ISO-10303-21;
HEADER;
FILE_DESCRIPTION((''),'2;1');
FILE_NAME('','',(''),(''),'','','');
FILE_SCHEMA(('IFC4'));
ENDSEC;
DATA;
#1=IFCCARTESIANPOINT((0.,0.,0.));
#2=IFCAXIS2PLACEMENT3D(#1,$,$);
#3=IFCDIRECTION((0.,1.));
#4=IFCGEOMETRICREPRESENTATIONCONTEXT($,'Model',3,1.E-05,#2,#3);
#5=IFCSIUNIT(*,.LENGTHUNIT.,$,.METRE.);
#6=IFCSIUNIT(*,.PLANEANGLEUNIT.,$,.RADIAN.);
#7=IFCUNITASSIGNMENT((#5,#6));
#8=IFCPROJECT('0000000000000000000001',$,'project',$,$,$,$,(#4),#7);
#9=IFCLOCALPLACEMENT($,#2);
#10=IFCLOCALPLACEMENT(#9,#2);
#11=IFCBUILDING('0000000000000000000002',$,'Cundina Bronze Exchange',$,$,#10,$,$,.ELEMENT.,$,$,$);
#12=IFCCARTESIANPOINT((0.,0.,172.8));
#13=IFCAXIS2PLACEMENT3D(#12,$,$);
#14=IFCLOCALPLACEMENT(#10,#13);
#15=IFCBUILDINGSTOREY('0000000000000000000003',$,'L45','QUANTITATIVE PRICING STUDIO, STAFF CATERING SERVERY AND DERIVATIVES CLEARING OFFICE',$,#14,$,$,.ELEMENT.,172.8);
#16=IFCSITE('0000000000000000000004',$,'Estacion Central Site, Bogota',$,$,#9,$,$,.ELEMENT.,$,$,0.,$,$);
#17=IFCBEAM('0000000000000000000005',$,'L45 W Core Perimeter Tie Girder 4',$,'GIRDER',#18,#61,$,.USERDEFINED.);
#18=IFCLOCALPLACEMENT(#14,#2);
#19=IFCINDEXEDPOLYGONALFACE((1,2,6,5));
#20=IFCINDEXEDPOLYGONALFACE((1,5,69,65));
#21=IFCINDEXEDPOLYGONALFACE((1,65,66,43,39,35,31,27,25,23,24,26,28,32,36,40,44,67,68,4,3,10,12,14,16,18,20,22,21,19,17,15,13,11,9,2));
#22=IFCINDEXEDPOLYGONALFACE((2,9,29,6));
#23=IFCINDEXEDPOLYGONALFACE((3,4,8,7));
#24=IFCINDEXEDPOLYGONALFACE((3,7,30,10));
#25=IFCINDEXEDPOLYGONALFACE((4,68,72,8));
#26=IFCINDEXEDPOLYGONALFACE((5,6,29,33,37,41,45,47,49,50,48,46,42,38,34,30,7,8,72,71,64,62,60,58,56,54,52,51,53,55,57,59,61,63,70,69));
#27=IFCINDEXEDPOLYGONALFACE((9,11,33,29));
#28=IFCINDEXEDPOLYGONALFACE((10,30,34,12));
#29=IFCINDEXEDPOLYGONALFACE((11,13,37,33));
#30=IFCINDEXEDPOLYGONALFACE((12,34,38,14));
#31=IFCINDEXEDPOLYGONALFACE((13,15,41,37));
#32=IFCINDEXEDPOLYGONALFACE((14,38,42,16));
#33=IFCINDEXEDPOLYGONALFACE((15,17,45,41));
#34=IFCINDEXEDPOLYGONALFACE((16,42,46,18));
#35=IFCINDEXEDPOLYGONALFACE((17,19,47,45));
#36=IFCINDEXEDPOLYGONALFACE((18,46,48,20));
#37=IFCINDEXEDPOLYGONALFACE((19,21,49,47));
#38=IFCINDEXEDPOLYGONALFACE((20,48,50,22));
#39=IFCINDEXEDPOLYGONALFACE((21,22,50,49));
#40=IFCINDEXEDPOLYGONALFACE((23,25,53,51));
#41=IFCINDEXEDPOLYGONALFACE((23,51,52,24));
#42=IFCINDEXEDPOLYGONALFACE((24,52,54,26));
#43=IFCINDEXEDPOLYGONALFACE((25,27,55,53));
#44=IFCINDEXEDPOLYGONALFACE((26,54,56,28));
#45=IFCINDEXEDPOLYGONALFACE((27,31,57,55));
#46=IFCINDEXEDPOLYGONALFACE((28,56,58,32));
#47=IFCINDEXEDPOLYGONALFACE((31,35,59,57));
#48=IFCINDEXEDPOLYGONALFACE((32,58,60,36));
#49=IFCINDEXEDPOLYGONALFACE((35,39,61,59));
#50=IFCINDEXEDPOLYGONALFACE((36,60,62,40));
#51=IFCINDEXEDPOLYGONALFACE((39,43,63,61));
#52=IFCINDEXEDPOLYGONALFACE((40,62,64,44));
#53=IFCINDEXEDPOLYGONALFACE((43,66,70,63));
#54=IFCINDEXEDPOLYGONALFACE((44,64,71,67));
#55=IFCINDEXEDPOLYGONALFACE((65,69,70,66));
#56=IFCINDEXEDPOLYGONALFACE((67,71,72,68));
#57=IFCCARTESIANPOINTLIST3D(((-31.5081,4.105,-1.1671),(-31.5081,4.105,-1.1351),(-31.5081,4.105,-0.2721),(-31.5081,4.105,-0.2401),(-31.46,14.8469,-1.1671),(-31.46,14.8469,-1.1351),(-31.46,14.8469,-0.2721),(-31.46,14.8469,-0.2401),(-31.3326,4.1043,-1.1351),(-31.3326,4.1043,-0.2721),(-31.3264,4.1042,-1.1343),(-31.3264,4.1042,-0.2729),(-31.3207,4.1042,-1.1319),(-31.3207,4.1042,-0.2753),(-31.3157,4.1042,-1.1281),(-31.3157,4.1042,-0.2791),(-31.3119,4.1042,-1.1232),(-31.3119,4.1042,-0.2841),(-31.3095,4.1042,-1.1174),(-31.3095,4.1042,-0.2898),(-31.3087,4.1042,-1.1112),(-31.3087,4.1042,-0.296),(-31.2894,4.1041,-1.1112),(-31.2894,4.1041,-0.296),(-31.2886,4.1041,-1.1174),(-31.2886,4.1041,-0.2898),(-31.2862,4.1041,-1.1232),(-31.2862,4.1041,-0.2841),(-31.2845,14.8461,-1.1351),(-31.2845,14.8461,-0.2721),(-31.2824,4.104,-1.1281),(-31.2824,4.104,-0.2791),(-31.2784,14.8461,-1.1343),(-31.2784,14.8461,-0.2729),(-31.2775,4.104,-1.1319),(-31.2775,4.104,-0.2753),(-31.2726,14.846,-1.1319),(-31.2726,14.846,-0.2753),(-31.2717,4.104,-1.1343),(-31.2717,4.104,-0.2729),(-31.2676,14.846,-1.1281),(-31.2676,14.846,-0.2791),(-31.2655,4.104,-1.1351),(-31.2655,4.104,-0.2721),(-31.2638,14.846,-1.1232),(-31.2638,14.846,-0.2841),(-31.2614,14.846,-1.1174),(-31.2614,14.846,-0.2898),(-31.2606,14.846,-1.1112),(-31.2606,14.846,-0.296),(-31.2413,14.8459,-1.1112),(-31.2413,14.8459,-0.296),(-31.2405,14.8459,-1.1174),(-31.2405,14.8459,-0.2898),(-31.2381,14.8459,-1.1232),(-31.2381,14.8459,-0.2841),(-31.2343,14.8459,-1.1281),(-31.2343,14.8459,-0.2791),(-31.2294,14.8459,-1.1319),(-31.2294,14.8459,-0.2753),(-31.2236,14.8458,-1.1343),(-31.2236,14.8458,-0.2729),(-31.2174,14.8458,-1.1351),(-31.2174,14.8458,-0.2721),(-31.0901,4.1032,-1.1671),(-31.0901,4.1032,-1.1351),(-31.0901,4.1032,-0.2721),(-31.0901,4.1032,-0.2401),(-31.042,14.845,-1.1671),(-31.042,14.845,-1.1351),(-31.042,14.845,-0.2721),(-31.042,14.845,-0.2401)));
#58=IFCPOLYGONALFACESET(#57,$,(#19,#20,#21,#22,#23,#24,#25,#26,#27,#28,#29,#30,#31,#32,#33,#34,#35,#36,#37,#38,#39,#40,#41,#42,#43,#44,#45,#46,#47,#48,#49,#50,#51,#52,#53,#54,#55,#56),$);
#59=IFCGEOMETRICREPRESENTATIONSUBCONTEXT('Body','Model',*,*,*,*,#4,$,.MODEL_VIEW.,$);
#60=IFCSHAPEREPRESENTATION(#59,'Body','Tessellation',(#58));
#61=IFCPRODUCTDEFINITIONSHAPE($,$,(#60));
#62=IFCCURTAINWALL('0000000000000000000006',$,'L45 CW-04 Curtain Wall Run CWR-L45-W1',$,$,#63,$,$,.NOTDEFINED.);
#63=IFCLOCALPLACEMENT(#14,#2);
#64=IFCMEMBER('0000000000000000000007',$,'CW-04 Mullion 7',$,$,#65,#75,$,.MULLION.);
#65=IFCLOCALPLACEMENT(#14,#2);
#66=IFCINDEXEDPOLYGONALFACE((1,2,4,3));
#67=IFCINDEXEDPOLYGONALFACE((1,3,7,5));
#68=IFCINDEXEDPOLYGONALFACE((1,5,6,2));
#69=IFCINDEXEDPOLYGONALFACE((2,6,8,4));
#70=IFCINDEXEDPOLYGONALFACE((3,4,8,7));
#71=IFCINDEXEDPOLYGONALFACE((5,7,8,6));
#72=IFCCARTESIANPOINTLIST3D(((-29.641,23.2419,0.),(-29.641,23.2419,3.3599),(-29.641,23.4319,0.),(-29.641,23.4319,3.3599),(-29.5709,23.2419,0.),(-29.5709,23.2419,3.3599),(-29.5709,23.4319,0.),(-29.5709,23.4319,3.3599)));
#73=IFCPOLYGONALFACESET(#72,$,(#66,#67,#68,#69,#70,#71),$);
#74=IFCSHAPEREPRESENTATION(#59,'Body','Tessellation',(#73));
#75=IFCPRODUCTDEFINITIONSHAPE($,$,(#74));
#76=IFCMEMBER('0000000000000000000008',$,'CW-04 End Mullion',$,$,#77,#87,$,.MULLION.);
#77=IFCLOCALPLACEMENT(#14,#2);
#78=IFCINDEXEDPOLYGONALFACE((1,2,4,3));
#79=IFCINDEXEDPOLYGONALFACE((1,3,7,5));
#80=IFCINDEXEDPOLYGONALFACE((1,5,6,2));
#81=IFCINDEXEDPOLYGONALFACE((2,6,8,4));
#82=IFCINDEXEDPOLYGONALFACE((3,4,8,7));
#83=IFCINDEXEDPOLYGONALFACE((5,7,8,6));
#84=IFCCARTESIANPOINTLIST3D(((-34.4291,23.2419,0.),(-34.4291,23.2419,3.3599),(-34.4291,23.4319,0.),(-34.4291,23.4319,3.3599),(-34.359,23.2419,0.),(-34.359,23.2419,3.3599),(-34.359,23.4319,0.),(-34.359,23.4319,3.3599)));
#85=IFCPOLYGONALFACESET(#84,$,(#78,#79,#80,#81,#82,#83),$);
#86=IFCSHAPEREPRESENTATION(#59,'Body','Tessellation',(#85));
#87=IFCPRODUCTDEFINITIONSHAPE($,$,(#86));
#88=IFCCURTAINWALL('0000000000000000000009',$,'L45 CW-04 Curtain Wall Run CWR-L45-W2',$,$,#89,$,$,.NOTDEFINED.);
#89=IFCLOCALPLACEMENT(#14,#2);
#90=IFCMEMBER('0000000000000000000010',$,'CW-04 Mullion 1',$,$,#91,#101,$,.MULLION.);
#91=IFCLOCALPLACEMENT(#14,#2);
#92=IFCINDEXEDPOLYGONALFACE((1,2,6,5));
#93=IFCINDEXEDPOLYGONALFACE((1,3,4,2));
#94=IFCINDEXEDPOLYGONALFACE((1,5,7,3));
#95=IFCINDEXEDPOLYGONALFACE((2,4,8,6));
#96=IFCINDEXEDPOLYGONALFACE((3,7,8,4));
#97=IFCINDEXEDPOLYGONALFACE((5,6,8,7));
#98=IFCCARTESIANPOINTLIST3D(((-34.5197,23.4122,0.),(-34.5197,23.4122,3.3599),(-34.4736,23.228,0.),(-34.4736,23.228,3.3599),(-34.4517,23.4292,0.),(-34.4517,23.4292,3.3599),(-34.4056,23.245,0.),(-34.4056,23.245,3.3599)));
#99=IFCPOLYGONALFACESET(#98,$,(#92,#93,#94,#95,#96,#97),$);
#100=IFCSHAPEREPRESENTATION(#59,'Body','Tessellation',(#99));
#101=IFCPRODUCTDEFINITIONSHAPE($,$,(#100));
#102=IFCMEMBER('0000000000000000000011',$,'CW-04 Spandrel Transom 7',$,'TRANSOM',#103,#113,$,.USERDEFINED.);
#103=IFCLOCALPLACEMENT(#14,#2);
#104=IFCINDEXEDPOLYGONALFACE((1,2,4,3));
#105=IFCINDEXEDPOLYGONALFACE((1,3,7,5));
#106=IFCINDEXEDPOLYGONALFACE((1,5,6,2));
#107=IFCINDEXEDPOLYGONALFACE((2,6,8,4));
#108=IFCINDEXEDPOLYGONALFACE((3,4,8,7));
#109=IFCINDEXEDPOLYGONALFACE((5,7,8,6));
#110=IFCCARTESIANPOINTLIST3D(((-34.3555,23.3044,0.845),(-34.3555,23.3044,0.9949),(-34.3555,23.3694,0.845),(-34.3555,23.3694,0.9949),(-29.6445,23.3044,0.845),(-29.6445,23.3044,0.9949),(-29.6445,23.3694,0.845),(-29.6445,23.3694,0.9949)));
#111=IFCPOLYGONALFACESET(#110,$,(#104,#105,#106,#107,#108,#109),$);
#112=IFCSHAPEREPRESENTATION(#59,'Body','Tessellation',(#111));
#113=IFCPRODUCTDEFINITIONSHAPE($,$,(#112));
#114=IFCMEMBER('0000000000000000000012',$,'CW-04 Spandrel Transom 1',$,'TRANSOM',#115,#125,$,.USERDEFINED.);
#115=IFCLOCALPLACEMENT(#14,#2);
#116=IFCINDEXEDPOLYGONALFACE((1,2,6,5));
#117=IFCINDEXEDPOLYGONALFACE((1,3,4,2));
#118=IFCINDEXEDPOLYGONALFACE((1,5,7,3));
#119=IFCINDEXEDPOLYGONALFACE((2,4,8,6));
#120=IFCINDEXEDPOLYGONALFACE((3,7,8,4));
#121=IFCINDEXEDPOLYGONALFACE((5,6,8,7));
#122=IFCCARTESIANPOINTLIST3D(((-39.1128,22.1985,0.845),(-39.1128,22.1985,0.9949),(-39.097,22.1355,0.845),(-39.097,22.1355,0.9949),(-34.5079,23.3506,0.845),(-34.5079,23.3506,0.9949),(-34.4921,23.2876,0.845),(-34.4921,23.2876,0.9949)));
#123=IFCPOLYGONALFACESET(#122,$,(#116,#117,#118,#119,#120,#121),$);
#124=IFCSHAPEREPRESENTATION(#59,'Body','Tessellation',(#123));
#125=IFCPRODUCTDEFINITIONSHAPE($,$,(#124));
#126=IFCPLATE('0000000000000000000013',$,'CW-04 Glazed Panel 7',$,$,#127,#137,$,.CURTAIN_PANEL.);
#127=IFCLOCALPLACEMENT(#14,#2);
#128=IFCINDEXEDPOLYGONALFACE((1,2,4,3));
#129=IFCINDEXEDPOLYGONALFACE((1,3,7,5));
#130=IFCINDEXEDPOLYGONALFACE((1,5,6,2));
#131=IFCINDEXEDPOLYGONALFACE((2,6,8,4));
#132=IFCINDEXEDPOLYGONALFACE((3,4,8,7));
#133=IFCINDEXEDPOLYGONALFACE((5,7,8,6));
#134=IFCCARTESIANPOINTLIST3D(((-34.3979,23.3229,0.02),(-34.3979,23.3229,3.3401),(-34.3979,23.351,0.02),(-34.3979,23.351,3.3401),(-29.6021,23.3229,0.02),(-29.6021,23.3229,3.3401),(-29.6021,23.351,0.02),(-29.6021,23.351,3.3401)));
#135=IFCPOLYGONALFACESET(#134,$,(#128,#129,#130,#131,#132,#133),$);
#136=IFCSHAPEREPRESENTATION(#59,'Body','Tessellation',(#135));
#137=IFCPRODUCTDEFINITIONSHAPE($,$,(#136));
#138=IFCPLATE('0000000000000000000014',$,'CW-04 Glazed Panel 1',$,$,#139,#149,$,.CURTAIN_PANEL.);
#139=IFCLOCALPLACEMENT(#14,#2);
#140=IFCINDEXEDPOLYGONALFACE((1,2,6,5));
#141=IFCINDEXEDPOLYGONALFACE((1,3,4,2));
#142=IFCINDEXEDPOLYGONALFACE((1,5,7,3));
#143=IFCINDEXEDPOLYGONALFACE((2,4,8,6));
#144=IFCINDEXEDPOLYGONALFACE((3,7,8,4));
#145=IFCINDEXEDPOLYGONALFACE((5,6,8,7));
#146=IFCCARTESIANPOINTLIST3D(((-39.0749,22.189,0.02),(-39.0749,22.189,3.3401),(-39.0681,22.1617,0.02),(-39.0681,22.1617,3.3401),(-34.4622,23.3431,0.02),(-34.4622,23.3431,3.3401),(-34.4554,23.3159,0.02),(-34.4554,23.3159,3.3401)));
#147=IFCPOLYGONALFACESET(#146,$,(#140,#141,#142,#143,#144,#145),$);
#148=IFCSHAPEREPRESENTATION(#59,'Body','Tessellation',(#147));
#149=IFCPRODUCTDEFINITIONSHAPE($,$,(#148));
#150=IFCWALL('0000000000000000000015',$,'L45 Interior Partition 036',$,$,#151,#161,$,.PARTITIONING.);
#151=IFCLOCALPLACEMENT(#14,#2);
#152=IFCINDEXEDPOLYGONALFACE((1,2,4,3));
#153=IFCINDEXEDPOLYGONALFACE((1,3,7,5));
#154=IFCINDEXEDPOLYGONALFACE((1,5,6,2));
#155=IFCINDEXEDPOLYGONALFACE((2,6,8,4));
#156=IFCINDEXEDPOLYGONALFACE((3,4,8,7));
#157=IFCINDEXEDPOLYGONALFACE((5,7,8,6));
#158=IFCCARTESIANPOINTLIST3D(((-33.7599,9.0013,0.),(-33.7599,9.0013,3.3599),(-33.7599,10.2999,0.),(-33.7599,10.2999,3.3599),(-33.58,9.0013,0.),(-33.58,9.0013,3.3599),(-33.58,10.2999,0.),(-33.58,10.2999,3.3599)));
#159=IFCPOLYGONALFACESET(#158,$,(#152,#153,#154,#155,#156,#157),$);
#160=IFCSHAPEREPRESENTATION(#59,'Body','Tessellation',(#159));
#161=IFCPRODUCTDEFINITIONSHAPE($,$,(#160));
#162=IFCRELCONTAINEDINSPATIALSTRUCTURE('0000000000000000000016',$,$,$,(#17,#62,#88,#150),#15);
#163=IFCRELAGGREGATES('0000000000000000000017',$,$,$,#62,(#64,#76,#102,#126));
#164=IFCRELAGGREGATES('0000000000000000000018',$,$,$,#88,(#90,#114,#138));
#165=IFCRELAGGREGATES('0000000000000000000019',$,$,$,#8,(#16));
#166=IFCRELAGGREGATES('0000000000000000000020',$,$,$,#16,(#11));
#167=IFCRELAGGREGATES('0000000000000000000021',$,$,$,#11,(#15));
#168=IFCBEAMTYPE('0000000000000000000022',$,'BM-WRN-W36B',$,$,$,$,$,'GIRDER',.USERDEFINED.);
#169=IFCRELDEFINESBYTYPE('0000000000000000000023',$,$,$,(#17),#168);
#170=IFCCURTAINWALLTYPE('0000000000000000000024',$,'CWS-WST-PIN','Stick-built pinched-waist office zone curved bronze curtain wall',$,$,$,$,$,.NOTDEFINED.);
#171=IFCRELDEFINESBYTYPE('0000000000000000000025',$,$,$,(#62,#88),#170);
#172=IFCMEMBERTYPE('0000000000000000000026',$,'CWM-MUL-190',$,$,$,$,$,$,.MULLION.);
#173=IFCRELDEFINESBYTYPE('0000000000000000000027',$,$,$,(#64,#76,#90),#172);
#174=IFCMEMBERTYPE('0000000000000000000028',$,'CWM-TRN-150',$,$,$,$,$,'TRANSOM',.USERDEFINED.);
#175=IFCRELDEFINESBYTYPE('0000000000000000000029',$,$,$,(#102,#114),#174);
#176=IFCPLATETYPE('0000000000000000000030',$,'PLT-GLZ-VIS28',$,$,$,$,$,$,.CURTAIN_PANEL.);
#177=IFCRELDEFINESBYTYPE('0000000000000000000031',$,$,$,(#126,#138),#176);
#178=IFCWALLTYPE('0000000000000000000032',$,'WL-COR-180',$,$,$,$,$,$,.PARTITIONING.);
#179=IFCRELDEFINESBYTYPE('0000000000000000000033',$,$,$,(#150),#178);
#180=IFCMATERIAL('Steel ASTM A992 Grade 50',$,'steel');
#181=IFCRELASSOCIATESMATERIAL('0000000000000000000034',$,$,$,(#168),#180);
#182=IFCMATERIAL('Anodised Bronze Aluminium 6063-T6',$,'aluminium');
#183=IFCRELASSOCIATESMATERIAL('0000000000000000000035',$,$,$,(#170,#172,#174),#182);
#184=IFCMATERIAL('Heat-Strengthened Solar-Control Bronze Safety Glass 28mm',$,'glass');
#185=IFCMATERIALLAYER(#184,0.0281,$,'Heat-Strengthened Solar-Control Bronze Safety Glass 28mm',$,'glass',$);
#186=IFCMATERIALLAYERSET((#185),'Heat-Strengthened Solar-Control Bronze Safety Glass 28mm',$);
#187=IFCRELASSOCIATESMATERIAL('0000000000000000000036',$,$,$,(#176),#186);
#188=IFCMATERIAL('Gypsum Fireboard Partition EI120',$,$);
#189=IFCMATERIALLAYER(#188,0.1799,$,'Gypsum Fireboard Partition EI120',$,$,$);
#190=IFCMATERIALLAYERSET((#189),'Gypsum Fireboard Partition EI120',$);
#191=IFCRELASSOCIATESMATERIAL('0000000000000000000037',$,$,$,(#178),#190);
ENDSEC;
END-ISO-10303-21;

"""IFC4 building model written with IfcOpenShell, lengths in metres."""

from ifc_helpers import new_model, si_unit, direction, frame, frame_2d, origin, origin_2d, place, context, subcontext, project, spatial, rectangle, i_section, extrude, material, layer, layer_set, material_profile, profile_set, type_object, element, aggregate, save


model = new_model("IFC4")

# Units and contexts
model_context = context("Model", 3, precision=1e-05, world=origin(), true_north=direction((0.0, 1.0)))
body_context = subcontext(model_context, "Body", "Model", "MODEL_VIEW")
ifc_project = project(units=[si_unit("LENGTHUNIT", "METRE"), si_unit("PLANEANGLEUNIT", "RADIAN")], contexts=[model_context])

# Site, building, storey
site_placement = place(None, origin())
site = spatial("IfcSite", under=ifc_project, at=site_placement, Name="Estacion Central Site, Bogota", CompositionType="ELEMENT", RefElevation=0.0)
building_placement = place(site_placement, origin())
building = spatial("IfcBuilding", under=site, at=building_placement, Name="Cundina Bronze Exchange", CompositionType="ELEMENT")
storey_placement = place(building_placement, frame((0.0, 0.0, 172.8)))
storey = spatial("IfcBuildingStorey", under=building, at=storey_placement, Name="L45", Description="QUANTITATIVE PRICING STUDIO, STAFF CATERING SERVERY AND DERIVATIVES CLEARING OFFICE", CompositionType="ELEMENT", Elevation=172.8)

# Shared definitions
ifc_material_1 = material(Name="Steel ASTM A992 Grade 50", Category="steel")

# Beam
ifc_material_profile_1 = material_profile(ifc_material_1, i_section(OverallWidth=0.418, OverallDepth=0.927, WebThickness=0.0193, FlangeThickness=0.032, FilletRadius=0.0239, at=origin_2d()), Name="W36X231", Category="steel")
ifc_profile_set_1 = profile_set([ifc_material_profile_1], Name="Steel ASTM A992 Grade 50")
beam_type_1 = type_object("IfcBeamType", Name="BM-WRN-W36B", ElementType="GIRDER", PredefinedType="USERDEFINED", material=ifc_profile_set_1)
beam_1_placement = place(storey_placement, frame((-31.251, 14.8459, -0.7036), z_axis=(-0.004477, -0.99999, 0.0), x_axis=(0.99999, -0.004477, 0.0)))
element("IfcBeam", 1, at=beam_1_placement, inside=storey, type_object=beam_type_1, Name="L45 W Core Perimeter Tie Girder 4", ObjectType="GIRDER", PredefinedType="USERDEFINED", context=body_context, shape_type="SweptSolid", body=[
    extrude(i_section(OverallWidth=0.418, OverallDepth=0.927, WebThickness=0.0193, FlangeThickness=0.032, FilletRadius=0.0239, at=origin_2d()), origin(), (0.0, 0.0, 1.0), 10.7419),
])

# Curtain wall, members
ifc_material_2 = material(Name="Anodised Bronze Aluminium 6063-T6", Category="aluminium")
curtain_wall_type = type_object("IfcCurtainWallType", Name="CWS-WST-PIN", Description="Stick-built pinched-waist office zone curved bronze curtain wall", PredefinedType="NOTDEFINED", material=ifc_material_2)
curtain_wall_1_placement = place(storey_placement, origin())
curtain_wall_1 = element("IfcCurtainWall", 2, at=curtain_wall_1_placement, inside=storey, type_object=curtain_wall_type, Name="L45 CW-04 Curtain Wall Run CWR-L45-W1", PredefinedType="NOTDEFINED")
ifc_material_profile_2 = material_profile(ifc_material_2, rectangle(XDim=0.0701, YDim=0.1899, at=origin_2d()), Name="AL70X190", Category="aluminium")
ifc_profile_set_2 = profile_set([ifc_material_profile_2], Name="Anodised Bronze Aluminium 6063-T6")
member_type_1 = type_object("IfcMemberType", Name="CWM-MUL-190", PredefinedType="MULLION", material=ifc_profile_set_2)
member_1_placement = place(storey_placement, frame((-29.606, 23.3369, 0.0), z_axis=(0.0, 0.0, 1.0), x_axis=(-1.0, 0.0, 0.0)))
member_1 = element("IfcMember", 3, at=member_1_placement, type_object=member_type_1, Name="CW-04 Mullion 7", PredefinedType="MULLION", context=body_context, shape_type="SweptSolid", body=[
    extrude(rectangle(XDim=0.0701, YDim=0.1899, at=origin_2d()), origin(), (0.0, 0.0, 1.0), 3.3599),
])
member_2_placement = place(storey_placement, frame((-34.394, 23.3369, 0.0), z_axis=(0.0, 0.0, 1.0), x_axis=(-1.0, 0.0, 0.0)))
member_2 = element("IfcMember", 4, at=member_2_placement, type_object=member_type_1, Name="CW-04 End Mullion", PredefinedType="MULLION", context=body_context, shape_type="SweptSolid", body=[
    extrude(rectangle(XDim=0.0701, YDim=0.1899, at=origin_2d()), origin(), (0.0, 0.0, 1.0), 3.3599),
])

# Curtain wall, member
curtain_wall_2_placement = place(storey_placement, origin())
curtain_wall_2 = element("IfcCurtainWall", 5, at=curtain_wall_2_placement, inside=storey, type_object=curtain_wall_type, Name="L45 CW-04 Curtain Wall Run CWR-L45-W2", PredefinedType="NOTDEFINED")
member_3_placement = place(storey_placement, frame((-34.4626, 23.3286, 0.0), z_axis=(0.0, 0.0, 1.0), x_axis=(-0.970084, -0.242769, 0.0)))
member_3 = element("IfcMember", 6, at=member_3_placement, type_object=member_type_1, Name="CW-04 Mullion 1", PredefinedType="MULLION", context=body_context, shape_type="SweptSolid", body=[
    extrude(rectangle(XDim=0.0701, YDim=0.1899, at=origin_2d()), origin(), (0.0, 0.0, 1.0), 3.3599),
])

# Members
ifc_material_profile_3 = material_profile(ifc_material_2, rectangle(XDim=0.0649, YDim=0.1499, at=origin_2d()), Name="AL65X150", Category="aluminium")
ifc_profile_set_3 = profile_set([ifc_material_profile_3], Name="Anodised Bronze Aluminium 6063-T6")
member_type_2 = type_object("IfcMemberType", Name="CWM-TRN-150", ElementType="TRANSOM", PredefinedType="USERDEFINED", material=ifc_profile_set_3)
member_4_placement = place(storey_placement, frame((-29.6445, 23.3369, 0.9199), z_axis=(-1.0, 0.0, 0.0), x_axis=(0.0, -1.0, 0.0)))
member_4 = element("IfcMember", 7, at=member_4_placement, type_object=member_type_2, Name="CW-04 Spandrel Transom 7", ObjectType="TRANSOM", PredefinedType="USERDEFINED", context=body_context, shape_type="SweptSolid", body=[
    extrude(rectangle(XDim=0.0649, YDim=0.1499, at=origin_2d()), origin(), (0.0, 0.0, 1.0), 4.7109),
])
member_5_placement = place(storey_placement, frame((-34.5, 23.3191, 0.9199), z_axis=(-0.9701, -0.242705, 0.0), x_axis=(0.242705, -0.9701, 0.0)))
member_5 = element("IfcMember", 8, at=member_5_placement, type_object=member_type_2, Name="CW-04 Spandrel Transom 1", ObjectType="TRANSOM", PredefinedType="USERDEFINED", context=body_context, shape_type="SweptSolid", body=[
    extrude(rectangle(XDim=0.0649, YDim=0.1499, at=origin_2d()), origin(), (0.0, 0.0, 1.0), 4.7468),
])

# Plates
ifc_material_3 = material(Name="Heat-Strengthened Solar-Control Bronze Safety Glass 28mm", Category="glass")
ifc_layer_1 = layer(ifc_material_3, 0.0281, Name="Heat-Strengthened Solar-Control Bronze Safety Glass 28mm", Category="glass")
ifc_layer_set_1 = layer_set([ifc_layer_1], Name="Heat-Strengthened Solar-Control Bronze Safety Glass 28mm")
plate_type = type_object("IfcPlateType", Name="PLT-GLZ-VIS28", PredefinedType="CURTAIN_PANEL", material=ifc_layer_set_1)
plate_1_placement = place(storey_placement, frame((-32.0, 23.3369, 0.02), z_axis=(0.0, 0.0, 1.0), x_axis=(-1.0, 0.0, 0.0)))
plate_1 = element("IfcPlate", 9, at=plate_1_placement, type_object=plate_type, Name="CW-04 Glazed Panel 7", PredefinedType="CURTAIN_PANEL", context=body_context, shape_type="SweptSolid", body=[
    extrude(rectangle(XDim=4.7959, YDim=0.0281, at=origin_2d()), origin(), (0.0, 0.0, 1.0), 3.3201),
])
aggregate(curtain_wall_1, [member_1, member_2, member_4, plate_1])
plate_2_placement = place(storey_placement, frame((-36.7651, 22.7524, 0.02), z_axis=(0.0, 0.0, 1.0), x_axis=(-0.970093, -0.242735, 0.0)))
plate_2 = element("IfcPlate", 10, at=plate_2_placement, type_object=plate_type, Name="CW-04 Glazed Panel 1", PredefinedType="CURTAIN_PANEL", context=body_context, shape_type="SweptSolid", body=[
    extrude(rectangle(XDim=4.7549, YDim=0.0281, at=origin_2d()), origin(), (0.0, 0.0, 1.0), 3.3201),
])
aggregate(curtain_wall_2, [member_3, member_5, plate_2])

# Shared definitions
ifc_material_4 = material(Name="Gypsum Fireboard Partition EI120")
ifc_layer_2 = layer(ifc_material_4, 0.1799, Name="Gypsum Fireboard Partition EI120")
ifc_layer_set_2 = layer_set([ifc_layer_2], Name="Gypsum Fireboard Partition EI120")
wall_type_1 = type_object("IfcWallType", Name="WL-COR-180", PredefinedType="PARTITIONING", material=ifc_layer_set_2)

# Wall
wall_1_placement = place(storey_placement, frame((-33.6699, 10.3, 0.0), z_axis=(0.0, 0.0, 1.0), x_axis=(0.0, -1.0, 0.0)))
element("IfcWall", 11, at=wall_1_placement, inside=storey, type_object=wall_type_1, Name="L45 Interior Partition 036", PredefinedType="PARTITIONING", context=body_context, shape_type="SweptSolid", body=[
    extrude(rectangle(XDim=1.2986, YDim=0.1799, at=frame_2d((0.6494, 0.0))), origin(), (0.0, 0.0, 1.0), 3.3599),
])

save(model, "model.ifc")
